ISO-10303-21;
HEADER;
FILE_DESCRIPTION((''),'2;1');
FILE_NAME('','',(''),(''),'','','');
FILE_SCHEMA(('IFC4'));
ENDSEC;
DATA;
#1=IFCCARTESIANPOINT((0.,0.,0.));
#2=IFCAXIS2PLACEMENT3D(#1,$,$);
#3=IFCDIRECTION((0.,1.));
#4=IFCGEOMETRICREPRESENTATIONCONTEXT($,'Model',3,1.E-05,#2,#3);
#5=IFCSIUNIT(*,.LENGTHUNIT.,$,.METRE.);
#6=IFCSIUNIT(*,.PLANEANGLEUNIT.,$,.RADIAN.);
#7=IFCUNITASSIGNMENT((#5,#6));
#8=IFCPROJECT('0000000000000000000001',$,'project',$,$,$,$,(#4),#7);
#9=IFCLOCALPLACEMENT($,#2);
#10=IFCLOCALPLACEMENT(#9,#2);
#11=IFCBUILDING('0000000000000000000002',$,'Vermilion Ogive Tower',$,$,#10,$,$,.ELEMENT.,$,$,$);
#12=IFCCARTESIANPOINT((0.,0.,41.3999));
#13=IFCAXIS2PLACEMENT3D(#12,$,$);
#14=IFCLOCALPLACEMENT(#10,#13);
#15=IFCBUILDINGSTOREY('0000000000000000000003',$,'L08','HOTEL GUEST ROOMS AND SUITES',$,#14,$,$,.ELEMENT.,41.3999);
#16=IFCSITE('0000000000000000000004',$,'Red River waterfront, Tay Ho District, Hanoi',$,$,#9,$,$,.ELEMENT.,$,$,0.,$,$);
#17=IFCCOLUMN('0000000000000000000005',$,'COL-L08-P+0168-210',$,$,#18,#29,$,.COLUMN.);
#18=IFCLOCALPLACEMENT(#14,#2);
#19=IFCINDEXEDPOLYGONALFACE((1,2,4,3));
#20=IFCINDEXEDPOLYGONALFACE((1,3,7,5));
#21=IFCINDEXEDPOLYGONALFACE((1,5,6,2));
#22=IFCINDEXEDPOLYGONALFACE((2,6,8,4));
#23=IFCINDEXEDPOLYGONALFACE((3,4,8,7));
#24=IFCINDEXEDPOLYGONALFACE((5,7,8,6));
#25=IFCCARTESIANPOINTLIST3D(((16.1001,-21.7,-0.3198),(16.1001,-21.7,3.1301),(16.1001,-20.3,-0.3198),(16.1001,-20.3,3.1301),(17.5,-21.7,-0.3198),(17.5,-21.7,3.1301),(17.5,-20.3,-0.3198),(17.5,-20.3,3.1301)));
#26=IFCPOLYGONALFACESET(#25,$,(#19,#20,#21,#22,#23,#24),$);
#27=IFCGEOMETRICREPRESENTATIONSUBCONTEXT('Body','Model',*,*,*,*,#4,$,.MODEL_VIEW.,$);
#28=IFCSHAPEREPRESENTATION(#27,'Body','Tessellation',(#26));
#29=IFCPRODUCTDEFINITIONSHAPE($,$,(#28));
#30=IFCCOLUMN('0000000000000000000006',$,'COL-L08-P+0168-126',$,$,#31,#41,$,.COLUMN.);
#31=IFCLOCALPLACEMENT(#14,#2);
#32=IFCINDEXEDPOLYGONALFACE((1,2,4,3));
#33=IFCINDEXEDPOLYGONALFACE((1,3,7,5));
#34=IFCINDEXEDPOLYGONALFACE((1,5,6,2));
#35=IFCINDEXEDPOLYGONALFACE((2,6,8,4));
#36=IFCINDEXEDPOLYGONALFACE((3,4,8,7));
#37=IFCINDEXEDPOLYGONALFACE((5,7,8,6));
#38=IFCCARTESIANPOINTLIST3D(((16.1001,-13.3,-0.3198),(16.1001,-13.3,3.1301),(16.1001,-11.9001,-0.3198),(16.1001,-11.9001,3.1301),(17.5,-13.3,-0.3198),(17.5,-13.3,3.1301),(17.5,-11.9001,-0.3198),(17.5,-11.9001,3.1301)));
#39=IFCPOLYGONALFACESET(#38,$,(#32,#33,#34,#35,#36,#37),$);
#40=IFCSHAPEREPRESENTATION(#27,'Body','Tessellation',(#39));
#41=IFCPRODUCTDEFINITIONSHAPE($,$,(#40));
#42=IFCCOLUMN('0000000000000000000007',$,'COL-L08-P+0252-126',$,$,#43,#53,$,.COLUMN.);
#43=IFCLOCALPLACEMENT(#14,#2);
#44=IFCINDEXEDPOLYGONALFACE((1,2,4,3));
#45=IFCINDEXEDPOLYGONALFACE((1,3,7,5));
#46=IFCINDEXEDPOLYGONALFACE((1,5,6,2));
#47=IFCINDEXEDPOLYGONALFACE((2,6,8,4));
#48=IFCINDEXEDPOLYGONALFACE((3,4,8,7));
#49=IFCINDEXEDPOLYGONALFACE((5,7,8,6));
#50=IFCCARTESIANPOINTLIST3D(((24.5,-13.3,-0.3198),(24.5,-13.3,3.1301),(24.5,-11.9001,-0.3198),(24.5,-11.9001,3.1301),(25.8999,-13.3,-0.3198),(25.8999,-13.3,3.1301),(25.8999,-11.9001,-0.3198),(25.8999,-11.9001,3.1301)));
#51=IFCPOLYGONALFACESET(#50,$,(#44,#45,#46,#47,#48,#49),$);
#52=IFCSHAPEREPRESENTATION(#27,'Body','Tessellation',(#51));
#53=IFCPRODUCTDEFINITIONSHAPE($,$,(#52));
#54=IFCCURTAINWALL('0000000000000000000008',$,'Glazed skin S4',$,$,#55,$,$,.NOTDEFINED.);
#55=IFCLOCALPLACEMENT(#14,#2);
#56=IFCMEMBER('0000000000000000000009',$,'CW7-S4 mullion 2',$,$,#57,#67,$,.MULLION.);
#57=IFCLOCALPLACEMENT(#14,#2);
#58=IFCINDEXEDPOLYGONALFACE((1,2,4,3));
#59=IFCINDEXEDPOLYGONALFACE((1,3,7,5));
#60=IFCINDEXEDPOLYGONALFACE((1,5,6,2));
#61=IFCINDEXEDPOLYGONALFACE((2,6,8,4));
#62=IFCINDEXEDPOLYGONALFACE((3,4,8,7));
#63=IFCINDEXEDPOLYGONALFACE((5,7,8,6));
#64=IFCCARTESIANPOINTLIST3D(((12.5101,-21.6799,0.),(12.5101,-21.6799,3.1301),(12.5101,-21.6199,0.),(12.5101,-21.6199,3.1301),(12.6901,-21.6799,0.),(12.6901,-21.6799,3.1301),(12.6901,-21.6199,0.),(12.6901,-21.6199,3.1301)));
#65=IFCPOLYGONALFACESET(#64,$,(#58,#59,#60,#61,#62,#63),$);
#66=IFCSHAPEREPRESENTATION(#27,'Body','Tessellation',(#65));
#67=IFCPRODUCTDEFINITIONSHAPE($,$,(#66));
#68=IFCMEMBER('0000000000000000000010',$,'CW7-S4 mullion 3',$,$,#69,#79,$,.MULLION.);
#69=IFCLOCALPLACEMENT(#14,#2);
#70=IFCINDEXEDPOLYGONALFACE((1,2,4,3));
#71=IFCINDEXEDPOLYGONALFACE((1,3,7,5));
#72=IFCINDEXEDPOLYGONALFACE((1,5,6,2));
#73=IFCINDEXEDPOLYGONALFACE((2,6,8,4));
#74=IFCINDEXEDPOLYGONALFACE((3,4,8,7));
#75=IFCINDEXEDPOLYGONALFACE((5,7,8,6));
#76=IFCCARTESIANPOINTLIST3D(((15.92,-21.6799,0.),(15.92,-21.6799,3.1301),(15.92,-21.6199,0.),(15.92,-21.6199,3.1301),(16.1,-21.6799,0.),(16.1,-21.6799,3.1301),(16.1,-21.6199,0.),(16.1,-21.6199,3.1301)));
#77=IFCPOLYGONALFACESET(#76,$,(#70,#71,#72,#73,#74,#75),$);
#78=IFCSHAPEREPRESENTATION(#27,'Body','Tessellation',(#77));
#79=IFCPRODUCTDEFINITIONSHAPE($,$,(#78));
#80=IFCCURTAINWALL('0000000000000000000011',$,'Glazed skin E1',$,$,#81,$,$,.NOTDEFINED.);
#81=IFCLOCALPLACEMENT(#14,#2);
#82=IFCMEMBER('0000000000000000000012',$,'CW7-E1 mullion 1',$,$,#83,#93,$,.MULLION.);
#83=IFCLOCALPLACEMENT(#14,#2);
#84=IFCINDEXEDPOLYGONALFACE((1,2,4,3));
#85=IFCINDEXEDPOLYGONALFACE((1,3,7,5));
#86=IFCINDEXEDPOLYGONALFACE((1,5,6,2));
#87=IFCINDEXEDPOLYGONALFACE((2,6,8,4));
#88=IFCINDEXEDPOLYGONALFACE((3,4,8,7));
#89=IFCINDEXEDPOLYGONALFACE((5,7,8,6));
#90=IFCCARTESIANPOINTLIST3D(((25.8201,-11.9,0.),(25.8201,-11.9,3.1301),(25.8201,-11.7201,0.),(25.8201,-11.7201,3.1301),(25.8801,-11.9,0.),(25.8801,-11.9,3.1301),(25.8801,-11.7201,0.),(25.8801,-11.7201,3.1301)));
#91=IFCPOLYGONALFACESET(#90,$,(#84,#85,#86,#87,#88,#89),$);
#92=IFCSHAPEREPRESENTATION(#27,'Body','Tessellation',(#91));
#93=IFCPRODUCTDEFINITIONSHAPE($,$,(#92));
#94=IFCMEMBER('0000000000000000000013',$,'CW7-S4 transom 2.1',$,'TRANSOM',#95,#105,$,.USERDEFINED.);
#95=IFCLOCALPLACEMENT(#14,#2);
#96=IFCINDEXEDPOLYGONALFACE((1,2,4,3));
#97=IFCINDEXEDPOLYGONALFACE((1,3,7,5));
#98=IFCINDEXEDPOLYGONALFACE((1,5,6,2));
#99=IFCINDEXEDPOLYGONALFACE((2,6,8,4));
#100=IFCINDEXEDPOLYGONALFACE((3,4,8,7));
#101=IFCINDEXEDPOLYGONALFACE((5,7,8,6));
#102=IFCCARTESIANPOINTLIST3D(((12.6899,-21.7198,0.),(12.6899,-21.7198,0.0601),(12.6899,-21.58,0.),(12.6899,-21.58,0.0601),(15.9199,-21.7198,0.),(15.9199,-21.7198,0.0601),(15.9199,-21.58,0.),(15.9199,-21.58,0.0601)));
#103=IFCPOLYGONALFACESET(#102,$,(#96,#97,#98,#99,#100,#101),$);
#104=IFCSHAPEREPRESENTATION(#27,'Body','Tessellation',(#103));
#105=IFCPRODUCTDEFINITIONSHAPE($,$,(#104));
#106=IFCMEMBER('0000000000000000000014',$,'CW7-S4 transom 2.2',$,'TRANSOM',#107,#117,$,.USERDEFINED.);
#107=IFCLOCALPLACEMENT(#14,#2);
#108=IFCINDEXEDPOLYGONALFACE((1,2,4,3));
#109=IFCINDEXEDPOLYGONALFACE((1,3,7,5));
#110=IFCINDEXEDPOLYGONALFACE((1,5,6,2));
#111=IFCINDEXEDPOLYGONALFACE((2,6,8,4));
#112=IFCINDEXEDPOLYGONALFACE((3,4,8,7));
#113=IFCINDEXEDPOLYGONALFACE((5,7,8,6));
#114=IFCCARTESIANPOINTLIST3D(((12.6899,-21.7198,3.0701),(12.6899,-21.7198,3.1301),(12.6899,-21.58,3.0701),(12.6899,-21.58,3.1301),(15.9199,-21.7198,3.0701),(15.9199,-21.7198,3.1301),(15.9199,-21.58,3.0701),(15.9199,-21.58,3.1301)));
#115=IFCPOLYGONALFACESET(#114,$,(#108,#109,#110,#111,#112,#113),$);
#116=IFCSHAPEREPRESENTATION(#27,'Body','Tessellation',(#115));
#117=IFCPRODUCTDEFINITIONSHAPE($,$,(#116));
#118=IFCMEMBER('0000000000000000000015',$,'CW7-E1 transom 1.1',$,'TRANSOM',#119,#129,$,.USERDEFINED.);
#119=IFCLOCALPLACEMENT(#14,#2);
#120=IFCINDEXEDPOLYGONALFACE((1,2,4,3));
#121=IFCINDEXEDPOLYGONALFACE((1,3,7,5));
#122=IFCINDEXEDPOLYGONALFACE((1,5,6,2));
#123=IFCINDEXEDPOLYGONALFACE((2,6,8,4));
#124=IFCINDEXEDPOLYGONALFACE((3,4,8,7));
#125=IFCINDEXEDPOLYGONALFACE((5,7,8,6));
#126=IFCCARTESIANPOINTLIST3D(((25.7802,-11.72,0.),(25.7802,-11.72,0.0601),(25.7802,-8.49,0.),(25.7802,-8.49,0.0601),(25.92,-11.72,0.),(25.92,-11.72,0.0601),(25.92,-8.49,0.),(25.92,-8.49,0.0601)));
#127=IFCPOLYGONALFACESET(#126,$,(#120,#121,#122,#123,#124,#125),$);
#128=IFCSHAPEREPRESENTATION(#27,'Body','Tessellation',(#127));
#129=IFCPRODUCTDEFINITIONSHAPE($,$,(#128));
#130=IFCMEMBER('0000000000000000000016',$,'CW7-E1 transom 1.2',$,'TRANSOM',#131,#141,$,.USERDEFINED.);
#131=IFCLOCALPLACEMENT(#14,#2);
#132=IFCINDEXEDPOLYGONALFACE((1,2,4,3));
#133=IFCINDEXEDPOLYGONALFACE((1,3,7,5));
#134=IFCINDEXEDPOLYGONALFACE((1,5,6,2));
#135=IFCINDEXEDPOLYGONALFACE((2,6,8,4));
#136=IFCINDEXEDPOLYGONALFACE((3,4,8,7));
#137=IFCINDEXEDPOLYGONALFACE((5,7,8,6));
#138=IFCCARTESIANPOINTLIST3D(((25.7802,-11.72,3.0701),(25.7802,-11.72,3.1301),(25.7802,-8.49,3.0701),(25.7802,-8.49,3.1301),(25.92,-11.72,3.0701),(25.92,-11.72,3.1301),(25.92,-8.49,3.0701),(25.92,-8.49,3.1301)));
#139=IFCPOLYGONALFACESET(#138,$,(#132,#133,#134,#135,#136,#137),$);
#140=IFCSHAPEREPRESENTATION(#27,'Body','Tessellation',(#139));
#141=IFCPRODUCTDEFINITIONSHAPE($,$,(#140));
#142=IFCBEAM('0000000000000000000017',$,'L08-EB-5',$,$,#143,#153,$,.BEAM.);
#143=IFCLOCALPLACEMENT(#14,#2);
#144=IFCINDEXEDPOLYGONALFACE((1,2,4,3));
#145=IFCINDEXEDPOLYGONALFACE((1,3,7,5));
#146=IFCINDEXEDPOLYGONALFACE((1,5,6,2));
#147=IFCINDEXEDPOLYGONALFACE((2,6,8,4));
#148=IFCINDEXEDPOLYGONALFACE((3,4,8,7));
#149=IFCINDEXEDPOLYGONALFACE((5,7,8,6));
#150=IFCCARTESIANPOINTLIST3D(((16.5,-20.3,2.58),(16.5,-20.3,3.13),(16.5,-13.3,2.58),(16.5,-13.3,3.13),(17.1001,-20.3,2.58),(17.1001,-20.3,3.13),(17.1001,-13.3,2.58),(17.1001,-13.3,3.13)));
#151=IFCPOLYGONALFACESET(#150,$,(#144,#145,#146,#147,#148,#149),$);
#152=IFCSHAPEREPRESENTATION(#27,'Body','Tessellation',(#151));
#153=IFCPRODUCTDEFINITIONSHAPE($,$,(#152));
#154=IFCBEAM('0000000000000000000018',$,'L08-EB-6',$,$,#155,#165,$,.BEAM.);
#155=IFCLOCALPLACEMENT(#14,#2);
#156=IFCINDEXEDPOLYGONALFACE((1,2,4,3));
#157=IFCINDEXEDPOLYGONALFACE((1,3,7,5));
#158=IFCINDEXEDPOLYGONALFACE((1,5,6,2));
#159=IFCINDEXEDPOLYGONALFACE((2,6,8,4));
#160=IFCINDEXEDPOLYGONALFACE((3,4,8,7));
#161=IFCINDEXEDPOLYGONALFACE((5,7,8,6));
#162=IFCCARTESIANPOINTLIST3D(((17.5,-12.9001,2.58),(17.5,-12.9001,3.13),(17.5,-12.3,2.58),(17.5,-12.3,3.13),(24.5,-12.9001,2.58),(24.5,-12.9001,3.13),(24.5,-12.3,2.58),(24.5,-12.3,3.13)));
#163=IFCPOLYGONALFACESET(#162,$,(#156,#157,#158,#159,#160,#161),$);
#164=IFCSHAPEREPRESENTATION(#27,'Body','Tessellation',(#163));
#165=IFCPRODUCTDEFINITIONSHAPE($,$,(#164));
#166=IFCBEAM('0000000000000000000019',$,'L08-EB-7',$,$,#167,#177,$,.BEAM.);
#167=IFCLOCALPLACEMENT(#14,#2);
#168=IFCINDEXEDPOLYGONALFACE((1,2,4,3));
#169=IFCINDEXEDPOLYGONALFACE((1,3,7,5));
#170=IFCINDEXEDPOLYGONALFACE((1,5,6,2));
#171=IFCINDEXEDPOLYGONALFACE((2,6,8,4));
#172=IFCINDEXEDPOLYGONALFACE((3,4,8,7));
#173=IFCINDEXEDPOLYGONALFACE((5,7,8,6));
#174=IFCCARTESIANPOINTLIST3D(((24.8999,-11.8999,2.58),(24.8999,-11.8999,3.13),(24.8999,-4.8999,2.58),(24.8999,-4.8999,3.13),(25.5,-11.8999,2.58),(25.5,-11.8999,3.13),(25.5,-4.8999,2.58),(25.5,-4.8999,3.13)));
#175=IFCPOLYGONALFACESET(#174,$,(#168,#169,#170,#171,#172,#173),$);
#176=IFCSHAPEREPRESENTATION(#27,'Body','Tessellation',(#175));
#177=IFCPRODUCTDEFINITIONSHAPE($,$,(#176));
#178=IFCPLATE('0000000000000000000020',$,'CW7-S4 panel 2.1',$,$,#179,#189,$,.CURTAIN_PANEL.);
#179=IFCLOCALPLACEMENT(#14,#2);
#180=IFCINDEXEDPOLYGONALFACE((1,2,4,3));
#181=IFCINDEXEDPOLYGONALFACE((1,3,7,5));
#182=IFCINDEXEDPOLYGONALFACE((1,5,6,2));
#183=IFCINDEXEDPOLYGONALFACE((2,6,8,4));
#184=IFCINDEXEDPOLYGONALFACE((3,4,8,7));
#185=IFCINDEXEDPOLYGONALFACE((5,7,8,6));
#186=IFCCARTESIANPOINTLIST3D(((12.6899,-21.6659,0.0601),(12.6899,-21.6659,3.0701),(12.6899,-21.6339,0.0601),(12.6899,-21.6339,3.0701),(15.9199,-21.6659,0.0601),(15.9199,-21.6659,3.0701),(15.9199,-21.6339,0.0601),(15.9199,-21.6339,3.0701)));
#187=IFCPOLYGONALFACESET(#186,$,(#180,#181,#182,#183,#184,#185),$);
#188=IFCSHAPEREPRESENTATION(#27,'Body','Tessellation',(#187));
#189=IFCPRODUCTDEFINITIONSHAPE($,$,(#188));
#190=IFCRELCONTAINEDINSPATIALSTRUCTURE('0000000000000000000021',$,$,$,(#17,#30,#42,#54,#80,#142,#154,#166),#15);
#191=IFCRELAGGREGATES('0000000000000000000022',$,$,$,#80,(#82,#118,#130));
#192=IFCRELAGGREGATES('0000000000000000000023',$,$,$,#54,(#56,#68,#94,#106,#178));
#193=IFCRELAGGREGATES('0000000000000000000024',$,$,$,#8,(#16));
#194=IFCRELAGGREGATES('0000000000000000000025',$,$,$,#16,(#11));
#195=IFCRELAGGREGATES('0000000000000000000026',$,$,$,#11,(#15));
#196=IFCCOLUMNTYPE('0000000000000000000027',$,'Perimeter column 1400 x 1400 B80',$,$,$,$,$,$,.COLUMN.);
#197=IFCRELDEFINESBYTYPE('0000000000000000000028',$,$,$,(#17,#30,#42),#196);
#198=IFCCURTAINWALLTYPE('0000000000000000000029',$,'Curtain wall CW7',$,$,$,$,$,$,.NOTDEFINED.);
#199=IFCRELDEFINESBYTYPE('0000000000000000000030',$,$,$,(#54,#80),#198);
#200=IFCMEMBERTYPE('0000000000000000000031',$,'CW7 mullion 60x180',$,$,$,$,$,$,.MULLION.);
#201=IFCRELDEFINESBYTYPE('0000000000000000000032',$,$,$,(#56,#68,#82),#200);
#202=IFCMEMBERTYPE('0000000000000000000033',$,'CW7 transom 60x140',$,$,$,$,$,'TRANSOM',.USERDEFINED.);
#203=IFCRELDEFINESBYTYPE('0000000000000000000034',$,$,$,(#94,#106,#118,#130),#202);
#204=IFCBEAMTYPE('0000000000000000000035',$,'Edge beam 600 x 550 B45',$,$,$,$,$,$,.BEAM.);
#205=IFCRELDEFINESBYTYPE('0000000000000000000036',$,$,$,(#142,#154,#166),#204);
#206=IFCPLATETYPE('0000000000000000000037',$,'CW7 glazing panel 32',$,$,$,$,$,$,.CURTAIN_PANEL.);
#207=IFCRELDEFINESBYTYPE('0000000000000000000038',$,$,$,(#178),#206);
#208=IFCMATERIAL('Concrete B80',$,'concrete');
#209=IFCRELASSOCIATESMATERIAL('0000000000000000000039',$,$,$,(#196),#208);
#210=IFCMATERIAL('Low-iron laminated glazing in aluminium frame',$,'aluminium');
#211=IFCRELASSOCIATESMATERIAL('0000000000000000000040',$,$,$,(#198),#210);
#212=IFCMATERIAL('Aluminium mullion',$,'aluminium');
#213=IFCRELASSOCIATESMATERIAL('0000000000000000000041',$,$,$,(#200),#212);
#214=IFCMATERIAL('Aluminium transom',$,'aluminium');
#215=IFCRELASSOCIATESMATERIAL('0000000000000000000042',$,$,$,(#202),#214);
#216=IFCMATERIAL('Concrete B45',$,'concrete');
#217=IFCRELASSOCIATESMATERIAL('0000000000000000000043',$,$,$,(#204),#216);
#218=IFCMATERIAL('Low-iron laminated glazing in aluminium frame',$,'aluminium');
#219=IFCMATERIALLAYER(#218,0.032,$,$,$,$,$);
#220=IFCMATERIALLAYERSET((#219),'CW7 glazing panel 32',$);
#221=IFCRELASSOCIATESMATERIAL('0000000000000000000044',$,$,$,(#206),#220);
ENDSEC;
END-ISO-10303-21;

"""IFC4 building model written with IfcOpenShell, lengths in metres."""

from ifc_helpers import new_model, si_unit, direction, frame, origin, origin_2d, place, context, subcontext, project, spatial, rectangle, extrude, material, layer, layer_set, material_profile, profile_set, type_object, element, aggregate, save


model = new_model("IFC4")

# Units and contexts
model_context = context("Model", 3, precision=1e-05, world=origin(), true_north=direction((0.0, 1.0)))
body_context = subcontext(model_context, "Body", "Model", "MODEL_VIEW")
ifc_project = project(units=[si_unit("LENGTHUNIT", "METRE"), si_unit("PLANEANGLEUNIT", "RADIAN")], contexts=[model_context])

# Site, building, storey
site_placement = place(None, origin())
site = spatial("IfcSite", under=ifc_project, at=site_placement, Name="Red River waterfront, Tay Ho District, Hanoi", CompositionType="ELEMENT", RefElevation=0.0)
building_placement = place(site_placement, origin())
building = spatial("IfcBuilding", under=site, at=building_placement, Name="Vermilion Ogive Tower", CompositionType="ELEMENT")
storey_placement = place(building_placement, frame((0.0, 0.0, 41.3999)))
storey = spatial("IfcBuildingStorey", under=building, at=storey_placement, Name="L08", Description="HOTEL GUEST ROOMS AND SUITES", CompositionType="ELEMENT", Elevation=41.3999)

# Columns
ifc_material_1 = material(Name="Concrete B80", Category="concrete")
ifc_material_profile_1 = material_profile(ifc_material_1, rectangle(XDim=1.3999, YDim=1.3999, at=origin_2d()), Name="1400 x 1400")
ifc_profile_set_1 = profile_set([ifc_material_profile_1], Name="Concrete B80")
column_type = type_object("IfcColumnType", Name="Perimeter column 1400 x 1400 B80", PredefinedType="COLUMN", material=ifc_profile_set_1)
for number, where, z_axis, x_axis, name in (
    (1, (16.8, -21.0, -0.3198), (0.0, 0.0, 1.0), (1.0, 0.0, 0.0), "COL-L08-P+0168-210"),
    (2, (16.8, -12.6001, -0.3198), (0.0, 0.0, 1.0), (1.0, 0.0, 0.0), "COL-L08-P+0168-126"),
    (3, (25.2, -12.6001, -0.3198), (0.0, 0.0, 1.0), (1.0, 0.0, 0.0), "COL-L08-P+0252-126"),
):
    element("IfcColumn", number, at=place(storey_placement, frame(where, z_axis=z_axis, x_axis=x_axis)), inside=storey, type_object=column_type, Name=name, PredefinedType="COLUMN", context=body_context, shape_type="SweptSolid", body=[
        extrude(rectangle(XDim=1.3999, YDim=1.3999, at=origin_2d()), origin(), (0.0, 0.0, 1.0), 3.45),
    ])

# Curtain wall, members
ifc_material_2 = material(Name="Low-iron laminated glazing in aluminium frame", Category="aluminium")
curtain_wall_type = type_object("IfcCurtainWallType", Name="Curtain wall CW7", PredefinedType="NOTDEFINED", material=ifc_material_2)
curtain_wall_1_placement = place(storey_placement, origin())
curtain_wall_1 = element("IfcCurtainWall", 4, at=curtain_wall_1_placement, inside=storey, type_object=curtain_wall_type, Name="Glazed skin S4", PredefinedType="NOTDEFINED")
ifc_material_3 = material(Name="Aluminium mullion", Category="aluminium")
ifc_material_profile_2 = material_profile(ifc_material_3, rectangle(XDim=0.0601, YDim=0.1799, at=origin_2d()), Name="AL 60x180")
ifc_profile_set_2 = profile_set([ifc_material_profile_2], Name="Aluminium mullion")
member_type_1 = type_object("IfcMemberType", Name="CW7 mullion 60x180", PredefinedType="MULLION", material=ifc_profile_set_2)
member_1_placement = place(storey_placement, frame((12.6001, -21.6499, 0.0), z_axis=(0.0, 0.0, 1.0), x_axis=(0.0, 1.0, 0.0)))
member_1 = element("IfcMember", 5, at=member_1_placement, type_object=member_type_1, Name="CW7-S4 mullion 2", PredefinedType="MULLION", context=body_context, shape_type="SweptSolid", body=[
    extrude(rectangle(XDim=0.0601, YDim=0.1799, at=origin_2d()), origin(), (0.0, 0.0, 1.0), 3.1301),
])
member_2_placement = place(storey_placement, frame((16.01, -21.6499, 0.0), z_axis=(0.0, 0.0, 1.0), x_axis=(0.0, 1.0, 0.0)))
member_2 = element("IfcMember", 6, at=member_2_placement, type_object=member_type_1, Name="CW7-S4 mullion 3", PredefinedType="MULLION", context=body_context, shape_type="SweptSolid", body=[
    extrude(rectangle(XDim=0.0601, YDim=0.1799, at=origin_2d()), origin(), (0.0, 0.0, 1.0), 3.1301),
])

# Curtain wall, member
curtain_wall_2_placement = place(storey_placement, origin())
curtain_wall_2 = element("IfcCurtainWall", 7, at=curtain_wall_2_placement, inside=storey, type_object=curtain_wall_type, Name="Glazed skin E1", PredefinedType="NOTDEFINED")
member_3_placement = place(storey_placement, frame((25.8501, -11.8101, 0.0), z_axis=(0.0, 0.0, 1.0), x_axis=(-1.0, 0.0, 0.0)))
member_3 = element("IfcMember", 8, at=member_3_placement, type_object=member_type_1, Name="CW7-E1 mullion 1", PredefinedType="MULLION", context=body_context, shape_type="SweptSolid", body=[
    extrude(rectangle(XDim=0.0601, YDim=0.1799, at=origin_2d()), origin(), (0.0, 0.0, 1.0), 3.1301),
])

# Members
ifc_material_4 = material(Name="Aluminium transom", Category="aluminium")
ifc_material_profile_3 = material_profile(ifc_material_4, rectangle(XDim=0.1399, YDim=0.0601, at=origin_2d()), Name="AL 60x140")
ifc_profile_set_3 = profile_set([ifc_material_profile_3], Name="Aluminium transom")
member_type_2 = type_object("IfcMemberType", Name="CW7 transom 60x140", ElementType="TRANSOM", PredefinedType="USERDEFINED", material=ifc_profile_set_3)
member_4_placement = place(storey_placement, frame((12.6899, -21.6499, 0.03), z_axis=(1.0, 0.0, 0.0), x_axis=(0.0, 1.0, 0.0)))
member_4 = element("IfcMember", 9, at=member_4_placement, type_object=member_type_2, Name="CW7-S4 transom 2.1", ObjectType="TRANSOM", PredefinedType="USERDEFINED", context=body_context, shape_type="SweptSolid", body=[
    extrude(rectangle(XDim=0.1399, YDim=0.0601, at=origin_2d()), origin(), (0.0, 0.0, 1.0), 3.23),
])
member_5_placement = place(storey_placement, frame((12.6899, -21.6499, 3.1001), z_axis=(1.0, 0.0, 0.0), x_axis=(0.0, 1.0, 0.0)))
member_5 = element("IfcMember", 10, at=member_5_placement, type_object=member_type_2, Name="CW7-S4 transom 2.2", ObjectType="TRANSOM", PredefinedType="USERDEFINED", context=body_context, shape_type="SweptSolid", body=[
    extrude(rectangle(XDim=0.1399, YDim=0.0601, at=origin_2d()), origin(), (0.0, 0.0, 1.0), 3.23),
])
member_6_placement = place(storey_placement, frame((25.8501, -11.72, 0.03), z_axis=(0.0, 1.0, 0.0), x_axis=(-1.0, 0.0, 0.0)))
member_6 = element("IfcMember", 11, at=member_6_placement, type_object=member_type_2, Name="CW7-E1 transom 1.1", ObjectType="TRANSOM", PredefinedType="USERDEFINED", context=body_context, shape_type="SweptSolid", body=[
    extrude(rectangle(XDim=0.1399, YDim=0.0601, at=origin_2d()), origin(), (0.0, 0.0, 1.0), 3.23),
])
member_7_placement = place(storey_placement, frame((25.8501, -11.72, 3.1001), z_axis=(0.0, 1.0, 0.0), x_axis=(-1.0, 0.0, 0.0)))
member_7 = element("IfcMember", 12, at=member_7_placement, type_object=member_type_2, Name="CW7-E1 transom 1.2", ObjectType="TRANSOM", PredefinedType="USERDEFINED", context=body_context, shape_type="SweptSolid", body=[
    extrude(rectangle(XDim=0.1399, YDim=0.0601, at=origin_2d()), origin(), (0.0, 0.0, 1.0), 3.23),
])
aggregate(curtain_wall_2, [member_3, member_6, member_7])

# Beams
ifc_material_5 = material(Name="Concrete B45", Category="concrete")
ifc_material_profile_4 = material_profile(ifc_material_5, rectangle(XDim=0.6001, YDim=0.55, at=origin_2d()), Name="600 x 550")
ifc_profile_set_4 = profile_set([ifc_material_profile_4], Name="Concrete B45")
beam_type = type_object("IfcBeamType", Name="Edge beam 600 x 550 B45", PredefinedType="BEAM", material=ifc_profile_set_4)
for number, where, z_axis, x_axis, name in (
    (13, (16.8, -20.3, 2.855), (0.0, 1.0, 0.0), (-1.0, 0.0, 0.0), "L08-EB-5"),
    (14, (17.5, -12.6001, 2.855), (1.0, 0.0, 0.0), (0.0, 1.0, 0.0), "L08-EB-6"),
    (15, (25.2, -11.8999, 2.855), (0.0, 1.0, 0.0), (-1.0, 0.0, 0.0), "L08-EB-7"),
):
    element("IfcBeam", number, at=place(storey_placement, frame(where, z_axis=z_axis, x_axis=x_axis)), inside=storey, type_object=beam_type, Name=name, PredefinedType="BEAM", context=body_context, shape_type="SweptSolid", body=[
        extrude(rectangle(XDim=0.6001, YDim=0.55, at=origin_2d()), origin(), (0.0, 0.0, 1.0), 7.0),
    ])

# Plate
ifc_material_6 = material(Name="Low-iron laminated glazing in aluminium frame", Category="aluminium")
ifc_layer_1 = layer(ifc_material_6, 0.032)
ifc_layer_set_1 = layer_set([ifc_layer_1], Name="CW7 glazing panel 32")
plate_type = type_object("IfcPlateType", Name="CW7 glazing panel 32", PredefinedType="CURTAIN_PANEL", material=ifc_layer_set_1)
plate_placement = place(storey_placement, frame((14.3049, -21.6499, 0.0601), z_axis=(0.0, 0.0, 1.0), x_axis=(1.0, 0.0, 0.0)))
plate = element("IfcPlate", 16, at=plate_placement, type_object=plate_type, Name="CW7-S4 panel 2.1", PredefinedType="CURTAIN_PANEL", context=body_context, shape_type="SweptSolid", body=[
    extrude(rectangle(XDim=3.23, YDim=0.032, at=origin_2d()), origin(), (0.0, 0.0, 1.0), 3.01),
])
aggregate(curtain_wall_1, [member_1, member_2, member_4, member_5, plate])

save(model, "model.ifc")
